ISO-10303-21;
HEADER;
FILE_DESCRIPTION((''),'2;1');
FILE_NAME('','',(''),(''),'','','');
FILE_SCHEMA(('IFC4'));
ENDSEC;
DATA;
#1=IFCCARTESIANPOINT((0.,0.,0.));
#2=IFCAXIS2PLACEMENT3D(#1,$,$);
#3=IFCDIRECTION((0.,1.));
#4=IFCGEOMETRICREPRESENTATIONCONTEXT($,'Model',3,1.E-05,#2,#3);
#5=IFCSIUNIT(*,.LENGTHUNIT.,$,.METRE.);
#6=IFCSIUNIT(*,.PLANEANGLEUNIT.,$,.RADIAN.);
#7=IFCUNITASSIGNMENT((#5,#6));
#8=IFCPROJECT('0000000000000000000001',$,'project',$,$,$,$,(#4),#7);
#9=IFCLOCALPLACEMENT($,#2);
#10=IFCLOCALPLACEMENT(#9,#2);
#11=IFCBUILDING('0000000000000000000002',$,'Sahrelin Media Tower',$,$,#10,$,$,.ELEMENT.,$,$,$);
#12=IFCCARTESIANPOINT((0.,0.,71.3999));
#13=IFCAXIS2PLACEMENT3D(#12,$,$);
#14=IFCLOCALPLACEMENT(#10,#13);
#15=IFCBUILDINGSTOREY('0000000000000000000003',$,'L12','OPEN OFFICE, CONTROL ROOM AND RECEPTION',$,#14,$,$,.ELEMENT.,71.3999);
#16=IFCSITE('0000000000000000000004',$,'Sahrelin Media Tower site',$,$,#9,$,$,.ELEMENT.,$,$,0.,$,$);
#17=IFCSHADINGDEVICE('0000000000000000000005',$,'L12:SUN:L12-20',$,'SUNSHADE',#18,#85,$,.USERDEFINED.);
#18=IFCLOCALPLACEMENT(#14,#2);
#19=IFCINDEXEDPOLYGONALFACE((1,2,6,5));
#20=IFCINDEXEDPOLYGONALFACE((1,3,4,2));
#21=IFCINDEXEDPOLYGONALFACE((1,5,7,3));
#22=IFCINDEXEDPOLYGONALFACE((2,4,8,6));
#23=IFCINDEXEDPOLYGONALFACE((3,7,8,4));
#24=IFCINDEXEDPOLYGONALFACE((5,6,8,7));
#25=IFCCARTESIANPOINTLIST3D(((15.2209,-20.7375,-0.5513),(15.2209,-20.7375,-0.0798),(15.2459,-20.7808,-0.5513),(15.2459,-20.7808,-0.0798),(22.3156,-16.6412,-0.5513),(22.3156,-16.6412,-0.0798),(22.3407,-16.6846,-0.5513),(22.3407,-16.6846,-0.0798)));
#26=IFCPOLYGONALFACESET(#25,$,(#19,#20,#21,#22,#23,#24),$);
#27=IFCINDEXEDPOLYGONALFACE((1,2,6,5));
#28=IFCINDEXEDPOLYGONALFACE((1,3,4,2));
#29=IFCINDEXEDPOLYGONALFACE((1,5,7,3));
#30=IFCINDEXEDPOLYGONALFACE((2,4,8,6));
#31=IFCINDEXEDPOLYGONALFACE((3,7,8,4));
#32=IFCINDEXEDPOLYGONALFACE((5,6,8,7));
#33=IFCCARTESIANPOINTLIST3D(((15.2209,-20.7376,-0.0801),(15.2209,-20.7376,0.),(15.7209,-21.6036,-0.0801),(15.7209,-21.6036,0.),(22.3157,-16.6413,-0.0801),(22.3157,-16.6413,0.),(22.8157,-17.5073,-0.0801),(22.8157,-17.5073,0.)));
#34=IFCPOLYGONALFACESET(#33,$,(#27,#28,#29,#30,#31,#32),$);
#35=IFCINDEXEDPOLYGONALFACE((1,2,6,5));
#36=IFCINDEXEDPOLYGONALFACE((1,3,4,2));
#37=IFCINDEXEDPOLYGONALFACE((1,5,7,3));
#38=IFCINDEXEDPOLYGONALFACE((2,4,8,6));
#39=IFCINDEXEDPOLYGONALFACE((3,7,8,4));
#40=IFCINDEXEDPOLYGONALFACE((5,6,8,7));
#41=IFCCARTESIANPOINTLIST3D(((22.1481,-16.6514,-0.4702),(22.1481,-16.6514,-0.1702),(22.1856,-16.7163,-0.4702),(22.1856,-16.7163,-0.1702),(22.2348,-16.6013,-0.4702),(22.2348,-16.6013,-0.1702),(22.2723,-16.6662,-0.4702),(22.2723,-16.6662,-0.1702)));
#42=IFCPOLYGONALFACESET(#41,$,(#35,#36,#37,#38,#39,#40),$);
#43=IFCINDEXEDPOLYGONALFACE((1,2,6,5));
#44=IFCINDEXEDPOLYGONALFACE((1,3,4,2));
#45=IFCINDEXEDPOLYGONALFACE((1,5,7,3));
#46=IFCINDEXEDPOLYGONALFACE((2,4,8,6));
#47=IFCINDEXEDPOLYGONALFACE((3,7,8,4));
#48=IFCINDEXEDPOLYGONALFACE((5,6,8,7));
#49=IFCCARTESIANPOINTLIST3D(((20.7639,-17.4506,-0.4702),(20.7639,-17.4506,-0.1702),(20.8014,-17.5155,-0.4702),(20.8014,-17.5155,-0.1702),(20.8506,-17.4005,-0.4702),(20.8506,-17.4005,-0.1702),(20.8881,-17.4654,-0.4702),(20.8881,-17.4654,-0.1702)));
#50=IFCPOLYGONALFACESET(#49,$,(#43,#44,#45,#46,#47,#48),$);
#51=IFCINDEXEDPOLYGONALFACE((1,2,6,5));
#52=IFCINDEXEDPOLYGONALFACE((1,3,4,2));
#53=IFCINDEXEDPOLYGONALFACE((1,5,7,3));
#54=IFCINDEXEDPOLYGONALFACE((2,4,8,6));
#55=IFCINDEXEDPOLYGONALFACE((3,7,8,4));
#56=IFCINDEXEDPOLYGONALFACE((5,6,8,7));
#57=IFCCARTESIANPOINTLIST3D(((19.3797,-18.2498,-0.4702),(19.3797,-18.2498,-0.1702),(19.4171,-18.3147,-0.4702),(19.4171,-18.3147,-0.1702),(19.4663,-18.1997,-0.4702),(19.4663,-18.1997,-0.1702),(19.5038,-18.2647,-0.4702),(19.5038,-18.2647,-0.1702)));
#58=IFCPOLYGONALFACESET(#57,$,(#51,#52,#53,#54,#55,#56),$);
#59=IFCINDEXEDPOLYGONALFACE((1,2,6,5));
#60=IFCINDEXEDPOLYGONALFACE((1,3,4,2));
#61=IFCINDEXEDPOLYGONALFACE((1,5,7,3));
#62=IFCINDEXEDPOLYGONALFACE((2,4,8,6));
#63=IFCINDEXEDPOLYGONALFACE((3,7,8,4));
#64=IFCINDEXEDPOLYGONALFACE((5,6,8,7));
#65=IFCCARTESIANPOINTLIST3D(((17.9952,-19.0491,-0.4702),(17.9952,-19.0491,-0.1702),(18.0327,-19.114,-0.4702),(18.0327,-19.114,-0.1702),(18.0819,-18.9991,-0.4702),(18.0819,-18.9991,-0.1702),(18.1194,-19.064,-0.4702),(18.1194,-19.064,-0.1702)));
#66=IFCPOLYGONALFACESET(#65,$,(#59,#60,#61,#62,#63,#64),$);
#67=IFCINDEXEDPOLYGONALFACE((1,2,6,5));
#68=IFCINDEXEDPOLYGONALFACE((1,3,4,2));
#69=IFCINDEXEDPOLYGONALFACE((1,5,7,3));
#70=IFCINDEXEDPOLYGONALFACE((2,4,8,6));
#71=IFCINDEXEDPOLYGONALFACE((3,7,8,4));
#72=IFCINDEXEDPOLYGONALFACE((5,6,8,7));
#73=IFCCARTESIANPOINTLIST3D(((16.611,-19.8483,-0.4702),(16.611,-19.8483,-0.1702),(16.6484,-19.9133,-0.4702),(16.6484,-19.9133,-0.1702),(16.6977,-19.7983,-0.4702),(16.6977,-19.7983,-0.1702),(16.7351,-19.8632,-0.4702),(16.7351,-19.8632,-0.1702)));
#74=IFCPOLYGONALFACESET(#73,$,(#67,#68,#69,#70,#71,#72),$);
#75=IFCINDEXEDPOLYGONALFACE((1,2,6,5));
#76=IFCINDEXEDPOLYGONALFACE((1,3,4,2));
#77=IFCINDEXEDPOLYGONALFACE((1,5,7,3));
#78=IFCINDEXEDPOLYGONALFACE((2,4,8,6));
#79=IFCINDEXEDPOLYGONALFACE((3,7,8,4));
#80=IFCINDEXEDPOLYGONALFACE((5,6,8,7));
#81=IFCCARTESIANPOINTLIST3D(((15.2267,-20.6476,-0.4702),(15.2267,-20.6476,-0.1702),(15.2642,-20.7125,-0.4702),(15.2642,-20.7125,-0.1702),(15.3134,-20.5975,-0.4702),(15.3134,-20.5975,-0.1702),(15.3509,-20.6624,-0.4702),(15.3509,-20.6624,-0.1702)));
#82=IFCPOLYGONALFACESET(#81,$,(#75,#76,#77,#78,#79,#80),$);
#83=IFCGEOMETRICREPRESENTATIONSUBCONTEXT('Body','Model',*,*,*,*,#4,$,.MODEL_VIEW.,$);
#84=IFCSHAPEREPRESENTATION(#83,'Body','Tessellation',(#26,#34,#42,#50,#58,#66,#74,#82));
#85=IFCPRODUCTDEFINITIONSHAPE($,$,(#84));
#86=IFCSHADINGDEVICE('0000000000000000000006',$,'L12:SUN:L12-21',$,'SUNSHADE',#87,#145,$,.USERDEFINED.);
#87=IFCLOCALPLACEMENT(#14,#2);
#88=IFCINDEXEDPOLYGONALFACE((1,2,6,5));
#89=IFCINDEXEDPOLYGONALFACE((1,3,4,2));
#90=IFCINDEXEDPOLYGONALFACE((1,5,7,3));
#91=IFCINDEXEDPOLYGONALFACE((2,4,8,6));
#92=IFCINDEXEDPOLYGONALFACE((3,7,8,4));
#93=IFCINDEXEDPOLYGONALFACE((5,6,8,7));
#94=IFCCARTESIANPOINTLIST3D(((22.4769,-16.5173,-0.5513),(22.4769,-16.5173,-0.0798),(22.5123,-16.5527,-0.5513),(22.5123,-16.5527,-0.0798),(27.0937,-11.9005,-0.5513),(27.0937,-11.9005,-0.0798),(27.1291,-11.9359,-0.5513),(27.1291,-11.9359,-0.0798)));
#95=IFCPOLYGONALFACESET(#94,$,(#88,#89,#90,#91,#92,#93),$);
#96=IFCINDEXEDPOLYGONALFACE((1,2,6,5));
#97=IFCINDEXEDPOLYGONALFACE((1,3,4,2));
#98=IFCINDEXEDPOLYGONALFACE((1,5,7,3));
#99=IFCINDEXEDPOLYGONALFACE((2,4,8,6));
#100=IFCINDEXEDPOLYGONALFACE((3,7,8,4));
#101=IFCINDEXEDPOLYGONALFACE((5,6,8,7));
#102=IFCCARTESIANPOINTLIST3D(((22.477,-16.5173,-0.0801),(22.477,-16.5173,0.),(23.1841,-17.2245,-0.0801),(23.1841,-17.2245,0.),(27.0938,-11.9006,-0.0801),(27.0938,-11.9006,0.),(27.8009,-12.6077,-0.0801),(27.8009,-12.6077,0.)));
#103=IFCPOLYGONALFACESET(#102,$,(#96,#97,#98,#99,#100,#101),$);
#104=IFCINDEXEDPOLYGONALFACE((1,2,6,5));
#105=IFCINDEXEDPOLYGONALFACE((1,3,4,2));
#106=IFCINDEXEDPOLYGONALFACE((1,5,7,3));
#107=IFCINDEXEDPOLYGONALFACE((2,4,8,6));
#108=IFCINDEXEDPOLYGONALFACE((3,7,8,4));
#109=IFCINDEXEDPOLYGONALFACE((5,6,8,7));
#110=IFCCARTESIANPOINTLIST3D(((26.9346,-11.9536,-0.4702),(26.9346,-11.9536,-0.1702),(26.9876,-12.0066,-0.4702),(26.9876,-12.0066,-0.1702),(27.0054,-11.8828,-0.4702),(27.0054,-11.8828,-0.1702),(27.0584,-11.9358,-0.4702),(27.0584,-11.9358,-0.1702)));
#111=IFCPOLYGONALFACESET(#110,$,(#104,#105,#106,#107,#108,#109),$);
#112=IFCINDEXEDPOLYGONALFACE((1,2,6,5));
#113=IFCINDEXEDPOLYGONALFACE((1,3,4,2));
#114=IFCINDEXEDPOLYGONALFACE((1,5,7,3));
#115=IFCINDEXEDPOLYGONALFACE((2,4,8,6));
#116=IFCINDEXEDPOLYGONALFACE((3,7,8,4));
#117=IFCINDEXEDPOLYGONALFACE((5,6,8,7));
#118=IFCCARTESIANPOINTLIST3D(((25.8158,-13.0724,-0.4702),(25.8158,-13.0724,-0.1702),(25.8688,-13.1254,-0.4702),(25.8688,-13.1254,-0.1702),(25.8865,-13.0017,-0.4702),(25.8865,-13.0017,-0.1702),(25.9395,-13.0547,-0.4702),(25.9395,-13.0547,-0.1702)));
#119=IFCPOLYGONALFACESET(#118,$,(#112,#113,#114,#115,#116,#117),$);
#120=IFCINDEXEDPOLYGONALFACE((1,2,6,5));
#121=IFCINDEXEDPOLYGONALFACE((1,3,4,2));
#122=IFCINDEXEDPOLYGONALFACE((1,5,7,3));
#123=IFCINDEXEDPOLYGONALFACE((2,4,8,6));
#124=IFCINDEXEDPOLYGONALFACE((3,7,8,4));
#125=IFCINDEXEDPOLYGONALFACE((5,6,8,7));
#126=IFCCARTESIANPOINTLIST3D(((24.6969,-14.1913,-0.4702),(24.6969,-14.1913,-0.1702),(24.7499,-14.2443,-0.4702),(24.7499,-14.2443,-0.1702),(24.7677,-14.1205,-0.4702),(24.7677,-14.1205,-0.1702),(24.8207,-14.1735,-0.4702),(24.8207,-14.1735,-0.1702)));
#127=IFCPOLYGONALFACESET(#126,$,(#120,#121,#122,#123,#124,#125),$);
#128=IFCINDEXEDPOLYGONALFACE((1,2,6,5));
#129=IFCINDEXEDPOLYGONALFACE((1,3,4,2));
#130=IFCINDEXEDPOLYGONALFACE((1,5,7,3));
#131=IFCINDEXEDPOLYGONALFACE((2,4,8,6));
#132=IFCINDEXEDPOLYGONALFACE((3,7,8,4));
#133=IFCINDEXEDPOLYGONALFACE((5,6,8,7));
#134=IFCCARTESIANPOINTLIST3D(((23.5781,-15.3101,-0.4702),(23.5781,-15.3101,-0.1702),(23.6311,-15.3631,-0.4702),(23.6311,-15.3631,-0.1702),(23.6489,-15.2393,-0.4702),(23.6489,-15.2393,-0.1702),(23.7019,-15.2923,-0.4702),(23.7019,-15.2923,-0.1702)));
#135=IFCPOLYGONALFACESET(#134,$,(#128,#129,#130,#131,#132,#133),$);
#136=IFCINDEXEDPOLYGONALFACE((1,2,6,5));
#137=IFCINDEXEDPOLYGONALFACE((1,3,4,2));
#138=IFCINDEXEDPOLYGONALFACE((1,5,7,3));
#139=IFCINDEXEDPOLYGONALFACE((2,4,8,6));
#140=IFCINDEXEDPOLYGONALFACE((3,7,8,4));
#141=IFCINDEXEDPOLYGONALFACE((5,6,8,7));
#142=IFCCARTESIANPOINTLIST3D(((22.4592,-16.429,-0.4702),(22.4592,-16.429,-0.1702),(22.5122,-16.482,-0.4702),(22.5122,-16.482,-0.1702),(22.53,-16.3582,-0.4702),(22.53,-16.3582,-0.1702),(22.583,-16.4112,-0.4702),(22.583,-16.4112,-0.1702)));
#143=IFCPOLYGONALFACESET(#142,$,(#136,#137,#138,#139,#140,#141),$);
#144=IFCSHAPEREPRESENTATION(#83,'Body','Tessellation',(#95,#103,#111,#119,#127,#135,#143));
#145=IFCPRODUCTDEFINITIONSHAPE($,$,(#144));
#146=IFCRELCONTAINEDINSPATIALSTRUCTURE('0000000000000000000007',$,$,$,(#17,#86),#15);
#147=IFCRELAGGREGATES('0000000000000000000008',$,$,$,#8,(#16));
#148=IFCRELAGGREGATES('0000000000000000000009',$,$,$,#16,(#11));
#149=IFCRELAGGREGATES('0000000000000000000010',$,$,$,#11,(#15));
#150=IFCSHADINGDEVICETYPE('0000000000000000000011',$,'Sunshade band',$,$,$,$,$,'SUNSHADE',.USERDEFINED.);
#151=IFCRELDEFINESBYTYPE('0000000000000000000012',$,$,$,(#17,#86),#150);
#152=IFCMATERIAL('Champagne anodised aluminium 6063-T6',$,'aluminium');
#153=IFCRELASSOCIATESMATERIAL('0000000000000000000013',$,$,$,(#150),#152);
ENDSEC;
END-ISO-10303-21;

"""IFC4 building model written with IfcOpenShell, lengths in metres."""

from ifc_helpers import new_model, si_unit, direction, frame, origin, origin_2d, place, context, subcontext, project, spatial, rectangle, extrude, material, type_object, element, save


model = new_model("IFC4")

# Units and contexts
model_context = context("Model", 3, precision=1e-05, world=origin(), true_north=direction((0.0, 1.0)))
body_context = subcontext(model_context, "Body", "Model", "MODEL_VIEW")
ifc_project = project(units=[si_unit("LENGTHUNIT", "METRE"), si_unit("PLANEANGLEUNIT", "RADIAN")], contexts=[model_context])

# Site, building, storey
site_placement = place(None, origin())
site = spatial("IfcSite", under=ifc_project, at=site_placement, Name="Sahrelin Media Tower site", CompositionType="ELEMENT", RefElevation=0.0)
building_placement = place(site_placement, origin())
building = spatial("IfcBuilding", under=site, at=building_placement, Name="Sahrelin Media Tower", CompositionType="ELEMENT")
storey_placement = place(building_placement, frame((0.0, 0.0, 71.3999)))
storey = spatial("IfcBuildingStorey", under=building, at=storey_placement, Name="L12", Description="OPEN OFFICE, CONTROL ROOM AND RECEPTION", CompositionType="ELEMENT", Elevation=71.3999)

# Shared definitions
ifc_material_1 = material(Name="Champagne anodised aluminium 6063-T6", Category="aluminium")

# Shading devices
placement_1 = place(storey_placement, frame((18.7583, -18.6721, 0.0), z_axis=(0.0, 0.0, 1.0), x_axis=(-0.866019, -0.500011, 0.0)))
placement_2 = place(storey_placement, frame((24.7712, -14.1948, 0.0), z_axis=(0.0, 0.0, 1.0), x_axis=(-0.707107, -0.707107, 0.0)))
shading_device_type_1 = type_object("IfcShadingDeviceType", Name="Sunshade band", ElementType="SUNSHADE", PredefinedType="USERDEFINED", material=ifc_material_1)
element("IfcShadingDevice", 1, at=placement_1, inside=storey, type_object=shading_device_type_1, Name="L12:SUN:L12-20", ObjectType="SUNSHADE", PredefinedType="USERDEFINED", context=body_context, shape_type="SweptSolid", body=[
    extrude(rectangle(XDim=8.1924, YDim=0.05, at=origin_2d()), frame((0.0, 0.0449, -0.5513)), (0.0, 0.0, 1.0), 0.4714),
    extrude(rectangle(XDim=8.1924, YDim=1.0, at=origin_2d()), frame((0.0, 0.52, -0.0801)), (0.0, 0.0, 1.0), 0.0801),
    extrude(rectangle(XDim=0.1001, YDim=0.075, at=origin_2d()), frame((-3.9961, -0.0176, -0.4702)), (0.0, 0.0, 1.0), 0.3),
    extrude(rectangle(XDim=0.1001, YDim=0.075, at=origin_2d()), frame((-2.3977, -0.0176, -0.4702)), (0.0, 0.0, 1.0), 0.3),
    extrude(rectangle(XDim=0.1001, YDim=0.075, at=origin_2d()), frame((-0.7993, -0.0176, -0.4702)), (0.0, 0.0, 1.0), 0.3),
    extrude(rectangle(XDim=0.1001, YDim=0.075, at=origin_2d()), frame((0.7993, -0.0176, -0.4702)), (0.0, 0.0, 1.0), 0.3),
    extrude(rectangle(XDim=0.1001, YDim=0.075, at=origin_2d()), frame((2.3977, -0.0176, -0.4702)), (0.0, 0.0, 1.0), 0.3),
    extrude(rectangle(XDim=0.1001, YDim=0.075, at=origin_2d()), frame((3.9961, -0.0176, -0.4702)), (0.0, 0.0, 1.0), 0.3),
])
element("IfcShadingDevice", 2, at=placement_2, inside=storey, type_object=shading_device_type_1, Name="L12:SUN:L12-21", ObjectType="SUNSHADE", PredefinedType="USERDEFINED", context=body_context, shape_type="SweptSolid", body=[
    extrude(rectangle(XDim=6.5291, YDim=0.05, at=origin_2d()), frame((0.0, 0.0449, -0.5513)), (0.0, 0.0, 1.0), 0.4714),
    extrude(rectangle(XDim=6.5291, YDim=1.0, at=origin_2d()), frame((0.0, 0.52, -0.0801)), (0.0, 0.0, 1.0), 0.0801),
    extrude(rectangle(XDim=0.1001, YDim=0.075, at=origin_2d()), frame((-3.1646, -0.0176, -0.4702)), (0.0, 0.0, 1.0), 0.3),
    extrude(rectangle(XDim=0.1001, YDim=0.075, at=origin_2d()), frame((-1.5823, -0.0176, -0.4702)), (0.0, 0.0, 1.0), 0.3),
    extrude(rectangle(XDim=0.1001, YDim=0.075, at=origin_2d()), frame((0.0, -0.0176, -0.4702)), (0.0, 0.0, 1.0), 0.3),
    extrude(rectangle(XDim=0.1001, YDim=0.075, at=origin_2d()), frame((1.5823, -0.0176, -0.4702)), (0.0, 0.0, 1.0), 0.3),
    extrude(rectangle(XDim=0.1001, YDim=0.075, at=origin_2d()), frame((3.1646, -0.0176, -0.4702)), (0.0, 0.0, 1.0), 0.3),
])

save(model, "model.ifc")
